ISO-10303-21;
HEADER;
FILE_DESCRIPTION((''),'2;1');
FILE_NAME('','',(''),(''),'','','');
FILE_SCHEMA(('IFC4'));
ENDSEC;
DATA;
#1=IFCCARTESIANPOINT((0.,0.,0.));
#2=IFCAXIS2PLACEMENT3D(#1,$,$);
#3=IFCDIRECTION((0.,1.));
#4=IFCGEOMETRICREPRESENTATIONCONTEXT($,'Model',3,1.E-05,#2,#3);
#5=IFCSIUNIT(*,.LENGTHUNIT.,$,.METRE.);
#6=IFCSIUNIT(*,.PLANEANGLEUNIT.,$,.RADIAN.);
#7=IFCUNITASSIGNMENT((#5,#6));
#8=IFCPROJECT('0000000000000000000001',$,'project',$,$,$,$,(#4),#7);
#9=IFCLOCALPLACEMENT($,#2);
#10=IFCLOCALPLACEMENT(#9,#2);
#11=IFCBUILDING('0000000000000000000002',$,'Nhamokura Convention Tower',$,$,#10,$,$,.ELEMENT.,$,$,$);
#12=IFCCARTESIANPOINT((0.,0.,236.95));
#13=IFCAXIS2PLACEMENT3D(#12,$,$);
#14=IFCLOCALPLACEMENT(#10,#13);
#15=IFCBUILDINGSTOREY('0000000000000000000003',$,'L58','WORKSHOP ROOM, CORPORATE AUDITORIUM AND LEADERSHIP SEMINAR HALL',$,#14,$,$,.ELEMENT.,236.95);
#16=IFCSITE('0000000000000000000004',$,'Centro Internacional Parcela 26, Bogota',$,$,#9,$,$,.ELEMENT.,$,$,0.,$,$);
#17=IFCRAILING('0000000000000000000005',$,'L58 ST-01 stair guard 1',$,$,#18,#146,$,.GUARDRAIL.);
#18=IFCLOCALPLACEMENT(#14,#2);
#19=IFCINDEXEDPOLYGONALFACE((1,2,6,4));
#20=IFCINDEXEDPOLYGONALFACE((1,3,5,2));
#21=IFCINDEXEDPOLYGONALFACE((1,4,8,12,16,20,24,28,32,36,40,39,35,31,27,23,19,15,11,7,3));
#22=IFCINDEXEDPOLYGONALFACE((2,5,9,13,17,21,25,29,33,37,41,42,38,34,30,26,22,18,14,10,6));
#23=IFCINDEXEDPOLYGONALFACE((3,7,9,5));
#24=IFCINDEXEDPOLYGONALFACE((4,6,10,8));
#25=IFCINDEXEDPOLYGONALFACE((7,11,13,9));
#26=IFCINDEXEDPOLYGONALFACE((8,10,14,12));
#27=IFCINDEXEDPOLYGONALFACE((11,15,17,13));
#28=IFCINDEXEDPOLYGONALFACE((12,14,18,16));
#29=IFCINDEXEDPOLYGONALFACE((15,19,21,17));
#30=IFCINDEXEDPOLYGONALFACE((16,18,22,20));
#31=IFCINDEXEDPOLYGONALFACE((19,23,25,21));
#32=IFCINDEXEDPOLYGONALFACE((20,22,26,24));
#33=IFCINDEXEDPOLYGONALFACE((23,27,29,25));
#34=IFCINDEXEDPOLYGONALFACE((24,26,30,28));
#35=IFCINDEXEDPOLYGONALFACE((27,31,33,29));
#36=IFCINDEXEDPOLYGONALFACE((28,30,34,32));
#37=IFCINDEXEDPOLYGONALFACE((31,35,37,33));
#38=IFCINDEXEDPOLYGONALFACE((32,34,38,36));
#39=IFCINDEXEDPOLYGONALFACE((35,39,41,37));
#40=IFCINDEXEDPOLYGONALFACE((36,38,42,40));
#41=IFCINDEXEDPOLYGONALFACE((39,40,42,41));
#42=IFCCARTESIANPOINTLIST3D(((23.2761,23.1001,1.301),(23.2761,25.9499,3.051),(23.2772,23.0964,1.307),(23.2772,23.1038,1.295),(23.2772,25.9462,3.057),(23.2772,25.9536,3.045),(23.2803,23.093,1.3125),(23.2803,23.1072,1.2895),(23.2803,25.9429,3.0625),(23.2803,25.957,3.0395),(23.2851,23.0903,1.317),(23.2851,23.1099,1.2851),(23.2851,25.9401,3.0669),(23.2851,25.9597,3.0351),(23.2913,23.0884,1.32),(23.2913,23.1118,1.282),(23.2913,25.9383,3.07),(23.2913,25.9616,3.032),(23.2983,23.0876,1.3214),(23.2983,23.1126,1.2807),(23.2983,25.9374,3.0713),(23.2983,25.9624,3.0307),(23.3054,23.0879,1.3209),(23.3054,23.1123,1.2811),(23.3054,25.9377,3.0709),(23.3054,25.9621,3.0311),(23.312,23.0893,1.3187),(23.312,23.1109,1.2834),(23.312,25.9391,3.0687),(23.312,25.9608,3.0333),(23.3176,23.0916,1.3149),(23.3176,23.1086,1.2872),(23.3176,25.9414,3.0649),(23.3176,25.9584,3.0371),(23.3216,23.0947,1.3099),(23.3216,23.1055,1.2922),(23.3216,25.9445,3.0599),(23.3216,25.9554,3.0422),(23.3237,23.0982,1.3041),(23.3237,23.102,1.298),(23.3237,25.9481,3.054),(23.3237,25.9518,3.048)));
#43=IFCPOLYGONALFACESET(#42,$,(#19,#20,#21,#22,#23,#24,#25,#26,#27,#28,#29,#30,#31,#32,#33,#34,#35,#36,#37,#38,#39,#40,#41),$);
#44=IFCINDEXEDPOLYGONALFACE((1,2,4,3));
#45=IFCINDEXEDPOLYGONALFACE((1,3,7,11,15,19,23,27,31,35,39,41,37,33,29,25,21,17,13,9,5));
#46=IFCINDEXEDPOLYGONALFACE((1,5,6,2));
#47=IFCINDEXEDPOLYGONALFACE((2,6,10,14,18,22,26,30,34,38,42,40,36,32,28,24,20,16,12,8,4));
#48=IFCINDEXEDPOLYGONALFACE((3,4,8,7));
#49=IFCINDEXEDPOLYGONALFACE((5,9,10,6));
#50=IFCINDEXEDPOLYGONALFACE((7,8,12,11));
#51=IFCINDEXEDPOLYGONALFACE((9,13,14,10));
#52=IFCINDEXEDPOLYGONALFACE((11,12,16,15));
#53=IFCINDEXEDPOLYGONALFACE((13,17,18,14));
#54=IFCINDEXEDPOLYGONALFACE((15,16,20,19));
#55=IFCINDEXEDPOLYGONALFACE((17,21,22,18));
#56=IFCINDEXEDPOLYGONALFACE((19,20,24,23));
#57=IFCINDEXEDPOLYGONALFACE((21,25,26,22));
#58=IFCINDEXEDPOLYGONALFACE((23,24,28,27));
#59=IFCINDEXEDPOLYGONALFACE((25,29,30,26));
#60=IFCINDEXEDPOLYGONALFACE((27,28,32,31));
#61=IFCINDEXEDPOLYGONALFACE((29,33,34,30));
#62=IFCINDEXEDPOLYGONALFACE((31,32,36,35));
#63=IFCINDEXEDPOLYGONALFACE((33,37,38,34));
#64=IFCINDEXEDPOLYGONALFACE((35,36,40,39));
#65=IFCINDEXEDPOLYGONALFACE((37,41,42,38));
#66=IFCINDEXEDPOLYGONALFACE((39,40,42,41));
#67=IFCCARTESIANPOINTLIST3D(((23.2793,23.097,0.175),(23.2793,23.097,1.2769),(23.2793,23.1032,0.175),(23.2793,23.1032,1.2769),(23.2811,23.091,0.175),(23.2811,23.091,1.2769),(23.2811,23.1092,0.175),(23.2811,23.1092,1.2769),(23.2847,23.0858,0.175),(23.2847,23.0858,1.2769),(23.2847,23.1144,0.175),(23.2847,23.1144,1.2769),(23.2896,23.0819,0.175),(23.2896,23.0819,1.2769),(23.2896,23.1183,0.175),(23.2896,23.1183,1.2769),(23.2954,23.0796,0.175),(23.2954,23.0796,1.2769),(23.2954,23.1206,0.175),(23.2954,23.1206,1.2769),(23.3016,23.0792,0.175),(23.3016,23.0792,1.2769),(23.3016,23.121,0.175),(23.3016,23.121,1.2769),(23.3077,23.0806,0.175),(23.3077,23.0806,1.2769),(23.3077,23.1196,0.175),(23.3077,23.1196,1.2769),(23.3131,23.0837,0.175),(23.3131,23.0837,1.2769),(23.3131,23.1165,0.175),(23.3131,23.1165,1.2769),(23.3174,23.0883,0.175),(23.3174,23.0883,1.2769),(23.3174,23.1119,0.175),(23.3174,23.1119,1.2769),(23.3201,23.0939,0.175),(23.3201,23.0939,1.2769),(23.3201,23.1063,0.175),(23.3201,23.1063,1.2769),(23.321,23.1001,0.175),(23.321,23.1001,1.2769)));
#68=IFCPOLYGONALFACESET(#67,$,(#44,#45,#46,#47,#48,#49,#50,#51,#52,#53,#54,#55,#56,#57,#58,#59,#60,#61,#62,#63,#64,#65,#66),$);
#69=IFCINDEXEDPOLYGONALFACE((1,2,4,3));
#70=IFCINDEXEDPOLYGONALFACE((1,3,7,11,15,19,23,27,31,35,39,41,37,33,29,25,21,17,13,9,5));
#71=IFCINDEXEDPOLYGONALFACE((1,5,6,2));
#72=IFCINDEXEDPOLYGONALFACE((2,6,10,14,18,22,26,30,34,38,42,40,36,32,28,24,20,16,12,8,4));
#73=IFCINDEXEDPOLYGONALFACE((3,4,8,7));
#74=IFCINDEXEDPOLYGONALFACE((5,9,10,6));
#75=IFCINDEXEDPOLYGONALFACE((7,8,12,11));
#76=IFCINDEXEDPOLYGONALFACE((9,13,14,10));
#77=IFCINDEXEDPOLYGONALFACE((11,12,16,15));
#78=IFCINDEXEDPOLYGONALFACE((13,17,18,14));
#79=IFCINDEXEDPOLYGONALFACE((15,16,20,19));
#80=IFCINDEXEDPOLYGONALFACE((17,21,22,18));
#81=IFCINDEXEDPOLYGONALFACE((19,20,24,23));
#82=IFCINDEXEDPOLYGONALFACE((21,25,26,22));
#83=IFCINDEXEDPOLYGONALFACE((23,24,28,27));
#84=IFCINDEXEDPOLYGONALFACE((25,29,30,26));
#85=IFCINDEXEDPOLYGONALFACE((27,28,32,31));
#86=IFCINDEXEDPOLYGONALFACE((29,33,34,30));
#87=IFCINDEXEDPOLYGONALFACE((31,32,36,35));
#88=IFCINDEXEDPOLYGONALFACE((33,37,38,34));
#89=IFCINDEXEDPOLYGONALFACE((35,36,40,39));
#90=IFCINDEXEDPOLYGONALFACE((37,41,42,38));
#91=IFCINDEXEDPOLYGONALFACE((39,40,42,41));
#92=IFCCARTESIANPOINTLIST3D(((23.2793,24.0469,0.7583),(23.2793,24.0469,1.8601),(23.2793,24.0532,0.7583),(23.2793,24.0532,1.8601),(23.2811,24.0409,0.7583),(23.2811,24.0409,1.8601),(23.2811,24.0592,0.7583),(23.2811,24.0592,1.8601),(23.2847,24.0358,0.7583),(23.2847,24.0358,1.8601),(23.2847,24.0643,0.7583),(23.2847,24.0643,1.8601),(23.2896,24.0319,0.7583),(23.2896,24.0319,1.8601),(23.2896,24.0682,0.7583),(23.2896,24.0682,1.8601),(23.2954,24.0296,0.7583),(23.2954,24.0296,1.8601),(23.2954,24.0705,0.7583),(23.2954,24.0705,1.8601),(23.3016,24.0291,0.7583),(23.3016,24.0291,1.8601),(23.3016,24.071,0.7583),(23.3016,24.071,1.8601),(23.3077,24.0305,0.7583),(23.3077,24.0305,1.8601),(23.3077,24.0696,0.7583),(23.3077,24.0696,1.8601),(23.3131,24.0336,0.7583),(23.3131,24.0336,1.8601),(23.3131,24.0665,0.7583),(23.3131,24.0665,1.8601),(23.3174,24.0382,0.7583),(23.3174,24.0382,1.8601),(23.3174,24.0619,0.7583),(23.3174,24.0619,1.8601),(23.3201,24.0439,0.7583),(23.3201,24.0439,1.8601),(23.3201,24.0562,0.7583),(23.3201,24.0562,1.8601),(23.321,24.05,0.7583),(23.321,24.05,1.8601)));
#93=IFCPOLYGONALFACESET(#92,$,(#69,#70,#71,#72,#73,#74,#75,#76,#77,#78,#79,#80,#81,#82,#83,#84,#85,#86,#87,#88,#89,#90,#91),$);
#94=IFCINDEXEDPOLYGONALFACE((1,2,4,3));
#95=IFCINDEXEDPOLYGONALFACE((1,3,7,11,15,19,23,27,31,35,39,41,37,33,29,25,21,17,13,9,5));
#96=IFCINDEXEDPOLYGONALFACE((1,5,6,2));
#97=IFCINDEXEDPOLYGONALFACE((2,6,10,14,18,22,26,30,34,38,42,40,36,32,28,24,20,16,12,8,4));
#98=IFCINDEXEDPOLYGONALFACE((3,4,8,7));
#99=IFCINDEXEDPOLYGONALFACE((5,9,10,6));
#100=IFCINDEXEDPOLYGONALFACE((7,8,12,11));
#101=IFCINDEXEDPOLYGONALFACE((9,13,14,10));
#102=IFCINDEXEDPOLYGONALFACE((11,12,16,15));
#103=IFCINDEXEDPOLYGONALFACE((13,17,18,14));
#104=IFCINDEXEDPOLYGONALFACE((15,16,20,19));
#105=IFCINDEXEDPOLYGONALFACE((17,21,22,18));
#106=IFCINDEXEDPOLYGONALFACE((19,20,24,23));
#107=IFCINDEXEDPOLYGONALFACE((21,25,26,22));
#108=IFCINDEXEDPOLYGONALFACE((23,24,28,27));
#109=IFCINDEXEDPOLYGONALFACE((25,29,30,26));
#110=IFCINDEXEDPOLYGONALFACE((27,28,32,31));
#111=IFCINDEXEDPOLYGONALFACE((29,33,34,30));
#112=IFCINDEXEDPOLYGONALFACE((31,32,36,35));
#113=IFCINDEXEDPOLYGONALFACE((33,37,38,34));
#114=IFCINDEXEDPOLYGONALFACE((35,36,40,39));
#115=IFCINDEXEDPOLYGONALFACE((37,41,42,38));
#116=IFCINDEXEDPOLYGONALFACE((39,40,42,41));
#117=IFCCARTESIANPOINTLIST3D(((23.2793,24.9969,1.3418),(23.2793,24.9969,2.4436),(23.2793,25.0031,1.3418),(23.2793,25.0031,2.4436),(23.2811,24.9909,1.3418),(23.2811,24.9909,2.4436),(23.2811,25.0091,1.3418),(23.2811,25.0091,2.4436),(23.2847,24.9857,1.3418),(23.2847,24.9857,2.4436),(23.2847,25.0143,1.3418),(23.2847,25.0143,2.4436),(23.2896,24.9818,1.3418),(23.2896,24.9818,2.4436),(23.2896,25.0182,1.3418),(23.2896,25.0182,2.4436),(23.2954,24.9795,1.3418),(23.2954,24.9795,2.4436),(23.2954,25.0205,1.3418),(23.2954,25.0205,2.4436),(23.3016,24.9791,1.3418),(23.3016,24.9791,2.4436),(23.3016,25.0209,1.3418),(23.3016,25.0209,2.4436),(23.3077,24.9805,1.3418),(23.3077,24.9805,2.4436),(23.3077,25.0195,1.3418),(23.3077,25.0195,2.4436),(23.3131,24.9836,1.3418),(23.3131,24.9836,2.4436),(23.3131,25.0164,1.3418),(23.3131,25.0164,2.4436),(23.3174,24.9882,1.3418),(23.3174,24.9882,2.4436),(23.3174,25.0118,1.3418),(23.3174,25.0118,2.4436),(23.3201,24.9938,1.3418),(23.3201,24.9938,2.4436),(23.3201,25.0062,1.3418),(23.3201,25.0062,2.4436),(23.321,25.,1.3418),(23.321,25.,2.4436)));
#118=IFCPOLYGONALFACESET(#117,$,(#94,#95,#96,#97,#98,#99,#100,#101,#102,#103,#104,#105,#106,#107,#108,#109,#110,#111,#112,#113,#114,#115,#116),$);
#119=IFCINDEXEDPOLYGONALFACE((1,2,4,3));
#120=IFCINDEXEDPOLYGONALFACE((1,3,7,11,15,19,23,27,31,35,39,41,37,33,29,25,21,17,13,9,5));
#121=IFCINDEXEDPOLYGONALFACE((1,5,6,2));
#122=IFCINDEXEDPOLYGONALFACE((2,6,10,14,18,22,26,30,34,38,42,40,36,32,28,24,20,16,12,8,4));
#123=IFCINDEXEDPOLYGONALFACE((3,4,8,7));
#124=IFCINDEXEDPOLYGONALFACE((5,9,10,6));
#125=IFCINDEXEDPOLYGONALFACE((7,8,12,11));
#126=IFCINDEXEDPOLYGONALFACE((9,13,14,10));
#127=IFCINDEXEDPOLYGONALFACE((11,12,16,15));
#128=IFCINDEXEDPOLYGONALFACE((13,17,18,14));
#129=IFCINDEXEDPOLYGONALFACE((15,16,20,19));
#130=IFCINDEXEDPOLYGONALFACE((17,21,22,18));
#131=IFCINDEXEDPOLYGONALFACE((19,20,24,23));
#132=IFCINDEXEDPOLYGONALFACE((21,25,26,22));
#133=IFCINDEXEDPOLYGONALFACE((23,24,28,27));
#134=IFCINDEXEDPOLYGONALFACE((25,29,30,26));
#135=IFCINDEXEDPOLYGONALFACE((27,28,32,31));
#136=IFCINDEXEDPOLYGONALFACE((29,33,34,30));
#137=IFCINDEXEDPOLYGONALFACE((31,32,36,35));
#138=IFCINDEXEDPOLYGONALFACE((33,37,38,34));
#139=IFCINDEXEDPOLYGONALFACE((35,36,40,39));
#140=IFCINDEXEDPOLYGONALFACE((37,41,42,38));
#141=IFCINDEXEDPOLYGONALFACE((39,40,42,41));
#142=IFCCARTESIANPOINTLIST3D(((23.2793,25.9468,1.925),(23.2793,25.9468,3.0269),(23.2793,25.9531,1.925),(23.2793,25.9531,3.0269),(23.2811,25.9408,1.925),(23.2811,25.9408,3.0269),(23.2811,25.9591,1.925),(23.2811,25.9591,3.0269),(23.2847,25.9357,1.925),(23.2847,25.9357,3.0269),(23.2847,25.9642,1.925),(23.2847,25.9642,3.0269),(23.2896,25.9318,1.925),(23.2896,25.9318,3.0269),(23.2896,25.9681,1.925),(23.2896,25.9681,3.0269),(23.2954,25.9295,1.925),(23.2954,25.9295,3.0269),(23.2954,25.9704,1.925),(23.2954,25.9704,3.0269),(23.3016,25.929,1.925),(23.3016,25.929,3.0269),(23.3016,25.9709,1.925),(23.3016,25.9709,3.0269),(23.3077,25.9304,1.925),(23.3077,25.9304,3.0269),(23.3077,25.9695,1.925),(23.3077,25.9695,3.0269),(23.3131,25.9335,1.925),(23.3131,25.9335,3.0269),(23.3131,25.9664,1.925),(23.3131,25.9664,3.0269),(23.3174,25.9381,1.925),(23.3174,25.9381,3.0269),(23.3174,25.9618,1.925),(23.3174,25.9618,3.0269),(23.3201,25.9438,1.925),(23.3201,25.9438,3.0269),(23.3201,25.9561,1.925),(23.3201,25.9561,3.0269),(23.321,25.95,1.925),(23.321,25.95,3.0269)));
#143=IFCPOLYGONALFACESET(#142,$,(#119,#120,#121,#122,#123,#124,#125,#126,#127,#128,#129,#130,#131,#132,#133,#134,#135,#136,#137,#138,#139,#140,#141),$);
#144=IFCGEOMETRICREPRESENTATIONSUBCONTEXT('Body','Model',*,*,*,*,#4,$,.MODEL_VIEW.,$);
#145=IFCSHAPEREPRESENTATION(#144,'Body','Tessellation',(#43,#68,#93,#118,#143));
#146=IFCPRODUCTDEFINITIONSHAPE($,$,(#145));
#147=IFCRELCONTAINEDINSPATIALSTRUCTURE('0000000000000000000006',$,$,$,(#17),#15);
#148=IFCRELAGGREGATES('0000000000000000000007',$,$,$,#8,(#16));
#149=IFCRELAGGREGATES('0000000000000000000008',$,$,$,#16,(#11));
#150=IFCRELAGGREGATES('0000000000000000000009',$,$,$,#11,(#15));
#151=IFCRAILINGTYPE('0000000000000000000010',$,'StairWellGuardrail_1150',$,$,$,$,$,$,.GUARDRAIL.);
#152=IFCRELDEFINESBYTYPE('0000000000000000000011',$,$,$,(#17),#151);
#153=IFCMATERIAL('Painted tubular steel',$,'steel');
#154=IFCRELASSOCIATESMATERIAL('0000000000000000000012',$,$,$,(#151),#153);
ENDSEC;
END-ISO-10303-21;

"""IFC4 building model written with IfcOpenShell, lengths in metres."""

from ifc_helpers import new_model, si_unit, direction, frame, origin, origin_2d, place, context, subcontext, project, spatial, circle, extrude, material, type_object, element, save


model = new_model("IFC4")

# Units and contexts
model_context = context("Model", 3, precision=1e-05, world=origin(), true_north=direction((0.0, 1.0)))
body_context = subcontext(model_context, "Body", "Model", "MODEL_VIEW")
ifc_project = project(units=[si_unit("LENGTHUNIT", "METRE"), si_unit("PLANEANGLEUNIT", "RADIAN")], contexts=[model_context])

# Site, building, storey
site_placement = place(None, origin())
site = spatial("IfcSite", under=ifc_project, at=site_placement, Name="Centro Internacional Parcela 26, Bogota", CompositionType="ELEMENT", RefElevation=0.0)
building_placement = place(site_placement, origin())
building = spatial("IfcBuilding", under=site, at=building_placement, Name="Nhamokura Convention Tower", CompositionType="ELEMENT")
storey_placement = place(building_placement, frame((0.0, 0.0, 236.95)))
storey = spatial("IfcBuildingStorey", under=building, at=storey_placement, Name="L58", Description="WORKSHOP ROOM, CORPORATE AUDITORIUM AND LEADERSHIP SEMINAR HALL", CompositionType="ELEMENT", Elevation=236.95)

# Railing
ifc_material_1 = material(Name="Painted tubular steel", Category="steel")
railing_type_1 = type_object("IfcRailingType", Name="StairWellGuardrail_1150", PredefinedType="GUARDRAIL", material=ifc_material_1)
railing_1_placement = place(storey_placement, frame((23.3, 23.1001, 0.175)))
element("IfcRailing", 1, at=railing_1_placement, inside=storey, type_object=railing_type_1, Name="L58 ST-01 stair guard 1", PredefinedType="GUARDRAIL", context=body_context, shape_type="SweptSolid", body=[
    extrude(circle(Radius=0.0239, at=origin_2d()), frame((0.0, 0.0, 1.126), z_axis=(0.0, 0.852159, 0.523283), x_axis=(-1.0, 0.0, 0.0)), (0.0, 0.0, 1.0), 3.3442),
    extrude(circle(Radius=0.021, at=origin_2d()), origin(), (0.0, 0.0, 1.0), 1.1018),
    extrude(circle(Radius=0.021, at=origin_2d()), frame((0.0, 0.95, 0.5833)), (0.0, 0.0, 1.0), 1.1018),
    extrude(circle(Radius=0.021, at=origin_2d()), frame((0.0, 1.8999, 1.1667)), (0.0, 0.0, 1.0), 1.1018),
    extrude(circle(Radius=0.021, at=origin_2d()), frame((0.0, 2.8499, 1.75)), (0.0, 0.0, 1.0), 1.1018),
])

save(model, "model.ifc")
